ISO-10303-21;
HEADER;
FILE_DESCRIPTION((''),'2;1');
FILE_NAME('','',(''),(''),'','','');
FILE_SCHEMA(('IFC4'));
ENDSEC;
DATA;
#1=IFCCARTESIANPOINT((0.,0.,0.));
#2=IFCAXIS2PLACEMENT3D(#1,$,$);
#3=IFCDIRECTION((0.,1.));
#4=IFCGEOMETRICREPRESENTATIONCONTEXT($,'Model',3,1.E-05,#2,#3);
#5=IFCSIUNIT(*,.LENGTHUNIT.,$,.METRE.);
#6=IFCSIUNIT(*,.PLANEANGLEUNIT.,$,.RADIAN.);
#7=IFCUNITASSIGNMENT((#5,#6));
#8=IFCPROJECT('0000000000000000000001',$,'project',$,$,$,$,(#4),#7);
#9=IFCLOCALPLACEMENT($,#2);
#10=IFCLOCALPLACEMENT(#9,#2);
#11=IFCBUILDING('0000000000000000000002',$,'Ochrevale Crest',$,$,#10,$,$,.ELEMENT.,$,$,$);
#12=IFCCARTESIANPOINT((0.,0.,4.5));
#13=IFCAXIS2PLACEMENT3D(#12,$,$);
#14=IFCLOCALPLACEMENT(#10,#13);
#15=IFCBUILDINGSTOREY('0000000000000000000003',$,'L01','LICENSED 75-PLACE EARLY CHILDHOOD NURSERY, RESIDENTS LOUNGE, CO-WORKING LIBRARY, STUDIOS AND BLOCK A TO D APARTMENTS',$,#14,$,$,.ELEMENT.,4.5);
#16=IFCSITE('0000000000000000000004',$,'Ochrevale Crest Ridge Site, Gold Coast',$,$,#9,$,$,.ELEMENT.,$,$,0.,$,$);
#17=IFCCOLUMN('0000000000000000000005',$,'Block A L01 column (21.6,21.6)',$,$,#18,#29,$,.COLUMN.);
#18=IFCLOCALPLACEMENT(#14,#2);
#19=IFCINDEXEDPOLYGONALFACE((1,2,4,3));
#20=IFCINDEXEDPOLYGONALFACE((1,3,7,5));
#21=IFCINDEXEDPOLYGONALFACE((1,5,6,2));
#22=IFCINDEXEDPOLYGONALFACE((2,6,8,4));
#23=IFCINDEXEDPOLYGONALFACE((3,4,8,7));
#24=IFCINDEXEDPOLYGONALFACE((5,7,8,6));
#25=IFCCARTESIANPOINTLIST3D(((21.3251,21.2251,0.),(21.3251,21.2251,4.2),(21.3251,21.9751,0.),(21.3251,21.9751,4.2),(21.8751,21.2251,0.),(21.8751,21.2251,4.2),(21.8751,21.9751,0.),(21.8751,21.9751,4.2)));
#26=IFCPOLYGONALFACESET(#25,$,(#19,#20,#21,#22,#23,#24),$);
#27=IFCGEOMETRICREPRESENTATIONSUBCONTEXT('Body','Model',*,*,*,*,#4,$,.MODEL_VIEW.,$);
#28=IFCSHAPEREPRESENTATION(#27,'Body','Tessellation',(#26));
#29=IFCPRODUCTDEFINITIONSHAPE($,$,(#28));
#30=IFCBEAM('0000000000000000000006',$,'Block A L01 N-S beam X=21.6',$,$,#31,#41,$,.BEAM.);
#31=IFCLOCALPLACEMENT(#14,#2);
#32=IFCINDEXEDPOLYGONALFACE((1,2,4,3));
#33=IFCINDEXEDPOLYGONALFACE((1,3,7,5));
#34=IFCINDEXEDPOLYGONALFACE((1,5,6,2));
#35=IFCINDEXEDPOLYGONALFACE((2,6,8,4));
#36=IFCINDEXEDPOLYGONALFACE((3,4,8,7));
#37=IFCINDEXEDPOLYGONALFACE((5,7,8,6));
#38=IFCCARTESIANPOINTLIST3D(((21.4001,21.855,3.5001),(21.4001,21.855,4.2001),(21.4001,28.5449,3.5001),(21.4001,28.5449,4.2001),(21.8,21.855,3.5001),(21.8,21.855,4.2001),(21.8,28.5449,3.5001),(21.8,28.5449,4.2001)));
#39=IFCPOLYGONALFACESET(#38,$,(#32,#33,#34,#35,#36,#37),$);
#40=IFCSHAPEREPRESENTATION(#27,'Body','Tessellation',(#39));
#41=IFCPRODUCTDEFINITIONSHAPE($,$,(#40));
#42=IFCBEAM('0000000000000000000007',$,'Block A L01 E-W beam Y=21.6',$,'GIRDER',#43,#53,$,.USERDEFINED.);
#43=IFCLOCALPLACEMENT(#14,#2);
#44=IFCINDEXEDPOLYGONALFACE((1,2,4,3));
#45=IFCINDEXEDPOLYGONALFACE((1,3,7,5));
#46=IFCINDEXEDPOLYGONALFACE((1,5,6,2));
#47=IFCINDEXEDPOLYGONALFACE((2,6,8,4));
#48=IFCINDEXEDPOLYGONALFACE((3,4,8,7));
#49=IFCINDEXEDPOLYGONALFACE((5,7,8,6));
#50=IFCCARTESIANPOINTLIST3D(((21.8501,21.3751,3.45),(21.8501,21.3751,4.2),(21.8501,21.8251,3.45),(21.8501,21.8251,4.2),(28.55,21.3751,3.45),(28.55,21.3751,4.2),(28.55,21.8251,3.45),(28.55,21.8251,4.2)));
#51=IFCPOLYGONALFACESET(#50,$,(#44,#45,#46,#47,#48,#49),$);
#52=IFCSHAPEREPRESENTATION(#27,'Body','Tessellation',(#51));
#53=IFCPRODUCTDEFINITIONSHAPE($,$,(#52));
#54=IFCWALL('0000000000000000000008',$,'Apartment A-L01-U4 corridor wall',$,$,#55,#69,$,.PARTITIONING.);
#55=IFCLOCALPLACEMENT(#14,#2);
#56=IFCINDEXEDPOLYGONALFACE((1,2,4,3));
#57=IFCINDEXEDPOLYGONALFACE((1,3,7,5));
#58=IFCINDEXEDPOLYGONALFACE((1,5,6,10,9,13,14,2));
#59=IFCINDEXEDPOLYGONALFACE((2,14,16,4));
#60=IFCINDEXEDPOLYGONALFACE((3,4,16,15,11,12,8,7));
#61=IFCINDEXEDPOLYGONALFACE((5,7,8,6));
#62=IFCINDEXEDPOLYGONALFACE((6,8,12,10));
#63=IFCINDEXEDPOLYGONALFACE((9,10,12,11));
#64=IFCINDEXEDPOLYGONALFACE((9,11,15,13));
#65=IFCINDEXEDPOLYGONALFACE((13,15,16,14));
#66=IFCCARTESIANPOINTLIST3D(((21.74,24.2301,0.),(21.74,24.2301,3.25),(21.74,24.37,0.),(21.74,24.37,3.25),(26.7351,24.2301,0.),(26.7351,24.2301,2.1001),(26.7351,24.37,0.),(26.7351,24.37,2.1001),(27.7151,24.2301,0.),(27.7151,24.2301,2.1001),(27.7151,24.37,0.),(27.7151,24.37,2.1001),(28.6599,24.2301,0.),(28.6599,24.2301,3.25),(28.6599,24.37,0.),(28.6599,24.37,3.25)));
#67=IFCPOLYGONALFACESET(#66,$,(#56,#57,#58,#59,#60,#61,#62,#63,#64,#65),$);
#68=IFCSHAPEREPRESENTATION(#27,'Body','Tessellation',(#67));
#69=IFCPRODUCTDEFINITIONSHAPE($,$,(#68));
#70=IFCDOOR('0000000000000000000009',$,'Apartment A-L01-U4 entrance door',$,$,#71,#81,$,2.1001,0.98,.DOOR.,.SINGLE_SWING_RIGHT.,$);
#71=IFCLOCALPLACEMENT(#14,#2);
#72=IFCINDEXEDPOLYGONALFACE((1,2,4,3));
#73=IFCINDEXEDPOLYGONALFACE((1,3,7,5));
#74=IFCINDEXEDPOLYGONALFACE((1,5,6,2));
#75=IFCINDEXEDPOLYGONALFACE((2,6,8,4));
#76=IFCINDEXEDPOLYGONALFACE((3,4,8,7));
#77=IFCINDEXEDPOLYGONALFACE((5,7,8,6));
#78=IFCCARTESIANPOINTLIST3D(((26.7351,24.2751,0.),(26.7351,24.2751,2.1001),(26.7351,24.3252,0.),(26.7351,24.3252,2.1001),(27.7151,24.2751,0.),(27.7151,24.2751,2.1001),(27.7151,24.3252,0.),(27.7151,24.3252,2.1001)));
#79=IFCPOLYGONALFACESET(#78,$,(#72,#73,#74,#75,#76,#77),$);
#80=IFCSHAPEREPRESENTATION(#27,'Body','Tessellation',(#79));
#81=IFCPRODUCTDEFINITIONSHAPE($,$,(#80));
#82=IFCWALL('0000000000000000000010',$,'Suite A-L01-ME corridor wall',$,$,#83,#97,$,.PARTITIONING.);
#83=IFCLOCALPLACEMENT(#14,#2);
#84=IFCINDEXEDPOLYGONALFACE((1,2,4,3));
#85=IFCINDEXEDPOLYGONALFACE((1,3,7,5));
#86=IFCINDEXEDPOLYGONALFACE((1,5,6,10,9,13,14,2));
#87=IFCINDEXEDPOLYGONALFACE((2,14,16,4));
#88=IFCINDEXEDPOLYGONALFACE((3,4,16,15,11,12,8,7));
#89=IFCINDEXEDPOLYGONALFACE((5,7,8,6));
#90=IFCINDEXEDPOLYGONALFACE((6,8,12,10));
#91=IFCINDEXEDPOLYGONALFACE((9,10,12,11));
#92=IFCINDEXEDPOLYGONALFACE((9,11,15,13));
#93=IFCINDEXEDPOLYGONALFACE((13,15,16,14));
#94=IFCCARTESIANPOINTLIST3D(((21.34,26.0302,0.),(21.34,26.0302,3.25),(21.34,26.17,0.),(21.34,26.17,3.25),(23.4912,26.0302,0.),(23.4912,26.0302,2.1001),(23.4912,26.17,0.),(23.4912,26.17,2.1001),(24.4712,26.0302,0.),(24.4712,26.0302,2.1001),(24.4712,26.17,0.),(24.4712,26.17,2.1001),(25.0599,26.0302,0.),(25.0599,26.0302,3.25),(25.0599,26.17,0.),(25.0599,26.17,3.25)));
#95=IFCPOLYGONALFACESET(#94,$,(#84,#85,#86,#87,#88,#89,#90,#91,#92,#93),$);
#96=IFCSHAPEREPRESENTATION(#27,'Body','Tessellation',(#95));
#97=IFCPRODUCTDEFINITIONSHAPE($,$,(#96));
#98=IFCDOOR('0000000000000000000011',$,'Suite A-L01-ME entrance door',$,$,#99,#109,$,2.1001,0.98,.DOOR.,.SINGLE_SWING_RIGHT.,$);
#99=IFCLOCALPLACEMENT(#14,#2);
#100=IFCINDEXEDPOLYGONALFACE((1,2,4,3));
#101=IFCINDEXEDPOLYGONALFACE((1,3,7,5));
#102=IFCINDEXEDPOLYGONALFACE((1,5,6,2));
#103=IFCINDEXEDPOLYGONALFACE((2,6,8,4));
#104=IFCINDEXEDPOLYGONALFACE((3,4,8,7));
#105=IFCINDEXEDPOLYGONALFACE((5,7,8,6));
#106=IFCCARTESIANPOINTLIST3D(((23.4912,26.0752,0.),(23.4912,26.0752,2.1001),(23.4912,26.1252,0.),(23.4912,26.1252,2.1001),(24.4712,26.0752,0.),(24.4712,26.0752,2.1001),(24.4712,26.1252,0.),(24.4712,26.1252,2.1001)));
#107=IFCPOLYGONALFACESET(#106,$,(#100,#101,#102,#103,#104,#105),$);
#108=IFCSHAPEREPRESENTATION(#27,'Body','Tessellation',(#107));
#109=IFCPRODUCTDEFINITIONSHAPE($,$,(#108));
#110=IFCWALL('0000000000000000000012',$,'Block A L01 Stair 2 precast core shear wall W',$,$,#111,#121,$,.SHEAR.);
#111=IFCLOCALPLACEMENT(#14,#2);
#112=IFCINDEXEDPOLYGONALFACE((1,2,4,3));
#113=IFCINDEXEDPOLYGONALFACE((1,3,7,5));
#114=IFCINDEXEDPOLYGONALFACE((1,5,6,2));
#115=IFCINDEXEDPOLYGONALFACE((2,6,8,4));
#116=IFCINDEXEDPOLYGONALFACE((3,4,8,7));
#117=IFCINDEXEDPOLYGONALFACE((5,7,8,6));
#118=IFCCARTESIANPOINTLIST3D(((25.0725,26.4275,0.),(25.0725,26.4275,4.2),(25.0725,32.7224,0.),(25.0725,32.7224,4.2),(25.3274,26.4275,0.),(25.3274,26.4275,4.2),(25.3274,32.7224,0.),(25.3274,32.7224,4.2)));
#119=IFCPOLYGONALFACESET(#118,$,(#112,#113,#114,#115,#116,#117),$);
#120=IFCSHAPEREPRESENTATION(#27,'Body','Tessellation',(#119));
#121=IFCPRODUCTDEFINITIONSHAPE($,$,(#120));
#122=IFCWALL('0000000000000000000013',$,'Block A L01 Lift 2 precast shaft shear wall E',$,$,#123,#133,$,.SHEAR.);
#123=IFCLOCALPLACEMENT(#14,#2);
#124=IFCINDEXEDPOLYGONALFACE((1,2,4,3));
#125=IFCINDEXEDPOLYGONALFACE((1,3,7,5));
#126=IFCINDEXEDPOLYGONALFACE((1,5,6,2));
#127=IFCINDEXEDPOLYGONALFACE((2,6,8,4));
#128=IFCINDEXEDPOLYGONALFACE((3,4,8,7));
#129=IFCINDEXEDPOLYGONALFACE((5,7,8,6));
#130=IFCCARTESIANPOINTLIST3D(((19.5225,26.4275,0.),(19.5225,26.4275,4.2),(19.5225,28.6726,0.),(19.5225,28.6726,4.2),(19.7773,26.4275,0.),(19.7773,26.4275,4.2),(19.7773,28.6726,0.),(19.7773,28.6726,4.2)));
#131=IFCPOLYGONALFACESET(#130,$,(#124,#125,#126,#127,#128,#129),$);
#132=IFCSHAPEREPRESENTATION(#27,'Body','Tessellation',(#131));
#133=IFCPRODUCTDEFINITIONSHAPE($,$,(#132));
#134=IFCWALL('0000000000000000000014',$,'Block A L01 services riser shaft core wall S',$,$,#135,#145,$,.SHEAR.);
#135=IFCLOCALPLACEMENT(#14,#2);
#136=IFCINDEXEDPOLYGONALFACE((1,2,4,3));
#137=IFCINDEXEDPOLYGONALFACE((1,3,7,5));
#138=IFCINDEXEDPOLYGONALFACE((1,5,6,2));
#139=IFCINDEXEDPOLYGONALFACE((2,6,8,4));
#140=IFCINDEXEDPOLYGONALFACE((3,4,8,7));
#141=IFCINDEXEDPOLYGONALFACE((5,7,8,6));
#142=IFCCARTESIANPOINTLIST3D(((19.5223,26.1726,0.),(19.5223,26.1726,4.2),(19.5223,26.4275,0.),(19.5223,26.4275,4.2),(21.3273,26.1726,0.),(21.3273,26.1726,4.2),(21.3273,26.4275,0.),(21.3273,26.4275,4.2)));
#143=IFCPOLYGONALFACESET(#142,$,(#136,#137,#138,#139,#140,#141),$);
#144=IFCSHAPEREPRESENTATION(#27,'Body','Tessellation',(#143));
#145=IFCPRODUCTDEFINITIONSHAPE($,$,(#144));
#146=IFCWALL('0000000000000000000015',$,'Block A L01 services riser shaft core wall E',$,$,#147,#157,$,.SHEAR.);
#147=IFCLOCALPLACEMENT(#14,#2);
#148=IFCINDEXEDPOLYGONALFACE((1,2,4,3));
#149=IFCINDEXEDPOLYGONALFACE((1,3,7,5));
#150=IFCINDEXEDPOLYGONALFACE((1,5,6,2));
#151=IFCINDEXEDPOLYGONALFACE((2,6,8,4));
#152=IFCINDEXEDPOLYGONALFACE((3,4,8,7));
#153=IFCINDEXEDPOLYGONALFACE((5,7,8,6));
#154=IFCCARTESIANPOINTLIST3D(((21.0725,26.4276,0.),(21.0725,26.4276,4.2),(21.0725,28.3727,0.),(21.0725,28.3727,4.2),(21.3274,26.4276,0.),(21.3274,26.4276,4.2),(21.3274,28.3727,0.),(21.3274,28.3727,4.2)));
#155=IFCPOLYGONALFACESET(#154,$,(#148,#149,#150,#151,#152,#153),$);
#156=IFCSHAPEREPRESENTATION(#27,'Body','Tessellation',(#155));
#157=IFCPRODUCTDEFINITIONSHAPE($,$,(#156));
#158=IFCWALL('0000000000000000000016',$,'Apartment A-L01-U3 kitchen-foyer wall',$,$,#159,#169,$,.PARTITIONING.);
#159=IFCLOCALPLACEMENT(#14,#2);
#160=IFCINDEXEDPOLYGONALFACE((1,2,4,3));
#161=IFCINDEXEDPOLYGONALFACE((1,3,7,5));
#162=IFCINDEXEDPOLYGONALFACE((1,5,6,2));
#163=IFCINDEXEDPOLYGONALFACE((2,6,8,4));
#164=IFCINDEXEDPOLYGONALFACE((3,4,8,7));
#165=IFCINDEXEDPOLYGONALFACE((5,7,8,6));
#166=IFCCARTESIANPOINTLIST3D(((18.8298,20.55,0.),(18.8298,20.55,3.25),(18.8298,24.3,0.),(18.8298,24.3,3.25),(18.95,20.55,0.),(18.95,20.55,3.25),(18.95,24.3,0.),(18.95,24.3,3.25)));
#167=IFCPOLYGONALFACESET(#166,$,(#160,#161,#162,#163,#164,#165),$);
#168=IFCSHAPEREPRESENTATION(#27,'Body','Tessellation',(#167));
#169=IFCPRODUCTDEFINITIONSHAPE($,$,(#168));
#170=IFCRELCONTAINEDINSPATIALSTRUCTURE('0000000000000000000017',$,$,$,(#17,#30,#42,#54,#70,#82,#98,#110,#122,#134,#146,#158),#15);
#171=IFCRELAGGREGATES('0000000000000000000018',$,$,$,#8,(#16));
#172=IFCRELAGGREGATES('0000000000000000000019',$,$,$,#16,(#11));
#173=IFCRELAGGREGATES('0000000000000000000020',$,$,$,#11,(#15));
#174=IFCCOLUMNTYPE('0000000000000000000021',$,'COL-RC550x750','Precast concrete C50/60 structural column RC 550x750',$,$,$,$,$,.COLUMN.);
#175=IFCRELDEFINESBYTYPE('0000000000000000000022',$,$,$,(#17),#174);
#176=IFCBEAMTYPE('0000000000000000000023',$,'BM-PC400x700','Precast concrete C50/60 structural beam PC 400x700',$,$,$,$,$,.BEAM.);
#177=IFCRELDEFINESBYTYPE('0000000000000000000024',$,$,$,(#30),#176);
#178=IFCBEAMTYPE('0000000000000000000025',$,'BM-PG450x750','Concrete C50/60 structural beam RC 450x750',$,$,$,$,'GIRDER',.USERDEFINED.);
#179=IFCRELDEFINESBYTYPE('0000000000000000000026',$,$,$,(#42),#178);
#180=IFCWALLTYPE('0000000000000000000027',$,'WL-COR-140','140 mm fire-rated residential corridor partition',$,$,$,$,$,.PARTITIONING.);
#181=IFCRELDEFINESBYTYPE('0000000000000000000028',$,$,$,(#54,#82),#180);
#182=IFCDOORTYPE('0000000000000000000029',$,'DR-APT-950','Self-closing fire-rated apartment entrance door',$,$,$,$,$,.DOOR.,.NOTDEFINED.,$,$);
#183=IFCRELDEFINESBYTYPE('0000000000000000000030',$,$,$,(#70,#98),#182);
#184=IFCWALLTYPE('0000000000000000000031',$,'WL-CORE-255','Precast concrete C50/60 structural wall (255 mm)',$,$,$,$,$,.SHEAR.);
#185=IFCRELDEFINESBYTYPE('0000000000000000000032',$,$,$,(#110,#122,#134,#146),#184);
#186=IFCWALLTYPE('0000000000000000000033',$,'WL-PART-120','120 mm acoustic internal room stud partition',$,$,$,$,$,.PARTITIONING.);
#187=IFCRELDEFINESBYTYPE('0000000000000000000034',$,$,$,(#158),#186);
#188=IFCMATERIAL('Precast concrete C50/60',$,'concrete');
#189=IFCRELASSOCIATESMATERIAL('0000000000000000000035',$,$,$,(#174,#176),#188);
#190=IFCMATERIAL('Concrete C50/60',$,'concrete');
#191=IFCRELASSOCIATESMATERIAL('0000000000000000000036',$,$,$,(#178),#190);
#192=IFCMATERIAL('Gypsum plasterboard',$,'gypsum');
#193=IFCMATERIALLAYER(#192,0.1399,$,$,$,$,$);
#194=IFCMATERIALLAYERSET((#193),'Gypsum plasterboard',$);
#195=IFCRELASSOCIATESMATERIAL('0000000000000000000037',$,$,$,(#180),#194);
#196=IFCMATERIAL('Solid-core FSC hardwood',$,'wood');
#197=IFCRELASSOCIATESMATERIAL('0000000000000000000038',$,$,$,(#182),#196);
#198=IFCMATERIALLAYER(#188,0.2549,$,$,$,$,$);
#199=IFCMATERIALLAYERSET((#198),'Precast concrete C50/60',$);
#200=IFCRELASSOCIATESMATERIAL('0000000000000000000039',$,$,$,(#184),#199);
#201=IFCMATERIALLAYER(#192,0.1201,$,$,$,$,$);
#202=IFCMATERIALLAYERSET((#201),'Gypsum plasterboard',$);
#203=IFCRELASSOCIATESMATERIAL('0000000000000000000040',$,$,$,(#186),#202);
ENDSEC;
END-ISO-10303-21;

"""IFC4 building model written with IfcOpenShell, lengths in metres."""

from ifc_helpers import new_model, si_unit, direction, frame, frame_2d, origin, origin_2d, place, context, subcontext, project, spatial, rectangle, extrude, material, layer, layer_set, material_profile, profile_set, type_object, element, fill, save


model = new_model("IFC4")

# Units and contexts
model_context = context("Model", 3, precision=1e-05, world=origin(), true_north=direction((0.0, 1.0)))
body_context = subcontext(model_context, "Body", "Model", "MODEL_VIEW")
ifc_project = project(units=[si_unit("LENGTHUNIT", "METRE"), si_unit("PLANEANGLEUNIT", "RADIAN")], contexts=[model_context])

# Site, building, storey
site_placement = place(None, origin())
site = spatial("IfcSite", under=ifc_project, at=site_placement, Name="Ochrevale Crest Ridge Site, Gold Coast", CompositionType="ELEMENT", RefElevation=0.0)
building_placement = place(site_placement, origin())
building = spatial("IfcBuilding", under=site, at=building_placement, Name="Ochrevale Crest", CompositionType="ELEMENT")
storey_placement = place(building_placement, frame((0.0, 0.0, 4.5)))
storey = spatial("IfcBuildingStorey", under=building, at=storey_placement, Name="L01", Description="LICENSED 75-PLACE EARLY CHILDHOOD NURSERY, RESIDENTS LOUNGE, CO-WORKING LIBRARY, STUDIOS AND BLOCK A TO D APARTMENTS", CompositionType="ELEMENT", Elevation=4.5)

# Column
ifc_material_1 = material(Name="Precast concrete C50/60", Category="concrete")
ifc_material_profile_1 = material_profile(ifc_material_1, rectangle(XDim=0.55, YDim=0.75, at=origin_2d()), Name="RC 550x750")
ifc_profile_set_1 = profile_set([ifc_material_profile_1], Name="Precast concrete C50/60")
column_type = type_object("IfcColumnType", Name="COL-RC550x750", Description="Precast concrete C50/60 structural column RC 550x750", PredefinedType="COLUMN", material=ifc_profile_set_1)
column_placement = place(storey_placement, frame((21.6001, 21.6001, 0.0), z_axis=(0.0, 0.0, 1.0), x_axis=(1.0, 0.0, 0.0)))
element("IfcColumn", 1, at=column_placement, inside=storey, type_object=column_type, Name="Block A L01 column (21.6,21.6)", PredefinedType="COLUMN", context=body_context, shape_type="SweptSolid", body=[
    extrude(rectangle(XDim=0.55, YDim=0.75, at=origin_2d()), origin(), (0.0, 0.0, 1.0), 4.2),
])

# Beams
ifc_material_profile_2 = material_profile(ifc_material_1, rectangle(XDim=0.3999, YDim=0.7, at=origin_2d()), Name="PC 400x700")
ifc_profile_set_2 = profile_set([ifc_material_profile_2], Name="Precast concrete C50/60")
beam_type_1 = type_object("IfcBeamType", Name="BM-PC400x700", Description="Precast concrete C50/60 structural beam PC 400x700", PredefinedType="BEAM", material=ifc_profile_set_2)
beam_1_placement = place(storey_placement, frame((21.6001, 21.855, 3.8501), z_axis=(0.0, 1.0, 0.0), x_axis=(-1.0, 0.0, 0.0)))
element("IfcBeam", 2, at=beam_1_placement, inside=storey, type_object=beam_type_1, Name="Block A L01 N-S beam X=21.6", PredefinedType="BEAM", context=body_context, shape_type="SweptSolid", body=[
    extrude(rectangle(XDim=0.3999, YDim=0.7, at=origin_2d()), origin(), (0.0, 0.0, 1.0), 6.6899),
])
ifc_material_2 = material(Name="Concrete C50/60", Category="concrete")
ifc_material_profile_3 = material_profile(ifc_material_2, rectangle(XDim=0.45, YDim=0.75, at=origin_2d()), Name="RC 450x750")
ifc_profile_set_3 = profile_set([ifc_material_profile_3], Name="Concrete C50/60")
beam_type_2 = type_object("IfcBeamType", Name="BM-PG450x750", Description="Concrete C50/60 structural beam RC 450x750", ElementType="GIRDER", PredefinedType="USERDEFINED", material=ifc_profile_set_3)
beam_2_placement = place(storey_placement, frame((21.8501, 21.6001, 3.825), z_axis=(1.0, 0.0, 0.0), x_axis=(0.0, 1.0, 0.0)))
element("IfcBeam", 3, at=beam_2_placement, inside=storey, type_object=beam_type_2, Name="Block A L01 E-W beam Y=21.6", ObjectType="GIRDER", PredefinedType="USERDEFINED", context=body_context, shape_type="SweptSolid", body=[
    extrude(rectangle(XDim=0.45, YDim=0.75, at=origin_2d()), origin(), (0.0, 0.0, 1.0), 6.7),
])

# Walls, openings, doors
ifc_material_3 = material(Name="Gypsum plasterboard", Category="gypsum")
ifc_layer_1 = layer(ifc_material_3, 0.1399)
ifc_layer_set_1 = layer_set([ifc_layer_1], Name="Gypsum plasterboard")
wall_type_1 = type_object("IfcWallType", Name="WL-COR-140", Description="140 mm fire-rated residential corridor partition", PredefinedType="PARTITIONING", material=ifc_layer_set_1)
wall_1_placement = place(storey_placement, frame((21.74, 24.3, 0.0), z_axis=(0.0, 0.0, 1.0), x_axis=(1.0, 0.0, 0.0)))
wall_1 = element("IfcWall", 4, at=wall_1_placement, inside=storey, type_object=wall_type_1, Name="Apartment A-L01-U4 corridor wall", PredefinedType="PARTITIONING", context=body_context, shape_type="SweptSolid", body=[
    extrude(rectangle(XDim=6.9199, YDim=0.1399, at=frame_2d((3.46, 0.0))), origin(), (0.0, 0.0, 1.0), 3.25),
])
opening_1_placement = place(wall_1_placement, frame((5.9751, 0.0, 0.0), z_axis=(0.0, 0.0, 1.0), x_axis=(-1.0, 0.0, 0.0)))
opening_1 = element("IfcOpeningElement", 5, at=opening_1_placement, cuts=wall_1, PredefinedType="OPENING", context=body_context, shape_type="SweptSolid", body=[
    extrude(rectangle(XDim=0.98, YDim=2.1001, at=frame_2d((0.49, 1.05))), frame((0.0, 0.0801, 0.0), z_axis=(0.0, -1.0, 0.0), x_axis=(1.0, 0.0, 0.0)), (0.0, 0.0, 1.0), 0.1599),
])
ifc_material_4 = material(Name="Solid-core FSC hardwood", Category="wood")
door_type_1 = type_object("IfcDoorType", Name="DR-APT-950", Description="Self-closing fire-rated apartment entrance door", OperationType="NOTDEFINED", PredefinedType="DOOR", material=ifc_material_4)
door_1_placement = place(opening_1_placement, origin())
door_1 = element("IfcDoor", 6, at=door_1_placement, inside=storey, type_object=door_type_1, Name="Apartment A-L01-U4 entrance door", OperationType="SINGLE_SWING_RIGHT", OverallHeight=2.1001, OverallWidth=0.98, PredefinedType="DOOR", context=body_context, shape_type="SweptSolid", body=[
    extrude(rectangle(XDim=0.98, YDim=2.1001, at=frame_2d((0.49, 1.05))), frame((0.0, 0.0249, 0.0), z_axis=(0.0, -1.0, 0.0), x_axis=(1.0, 0.0, 0.0)), (0.0, 0.0, 1.0), 0.05),
])
fill(opening_1, door_1)
wall_2_placement = place(storey_placement, frame((21.3401, 26.1001, 0.0), z_axis=(0.0, 0.0, 1.0), x_axis=(1.0, 0.0, 0.0)))
wall_2 = element("IfcWall", 7, at=wall_2_placement, inside=storey, type_object=wall_type_1, Name="Suite A-L01-ME corridor wall", PredefinedType="PARTITIONING", context=body_context, shape_type="SweptSolid", body=[
    extrude(rectangle(XDim=3.72, YDim=0.1399, at=frame_2d((1.8599, 0.0))), origin(), (0.0, 0.0, 1.0), 3.25),
])
opening_2_placement = place(wall_2_placement, frame((3.1311, 0.0, 0.0), z_axis=(0.0, 0.0, 1.0), x_axis=(-1.0, 0.0, 0.0)))
opening_2 = element("IfcOpeningElement", 8, at=opening_2_placement, cuts=wall_2, PredefinedType="OPENING", context=body_context, shape_type="SweptSolid", body=[
    extrude(rectangle(XDim=0.98, YDim=2.1001, at=frame_2d((0.49, 1.05))), frame((0.0, 0.0801, 0.0), z_axis=(0.0, -1.0, 0.0), x_axis=(1.0, 0.0, 0.0)), (0.0, 0.0, 1.0), 0.1599),
])
door_2_placement = place(opening_2_placement, origin())
door_2 = element("IfcDoor", 9, at=door_2_placement, inside=storey, type_object=door_type_1, Name="Suite A-L01-ME entrance door", OperationType="SINGLE_SWING_RIGHT", OverallHeight=2.1001, OverallWidth=0.98, PredefinedType="DOOR", context=body_context, shape_type="SweptSolid", body=[
    extrude(rectangle(XDim=0.98, YDim=2.1001, at=frame_2d((0.49, 1.05))), frame((0.0, 0.0249, 0.0), z_axis=(0.0, -1.0, 0.0), x_axis=(1.0, 0.0, 0.0)), (0.0, 0.0, 1.0), 0.05),
])
fill(opening_2, door_2)
ifc_layer_2 = layer(ifc_material_1, 0.2549)
ifc_layer_set_2 = layer_set([ifc_layer_2], Name="Precast concrete C50/60")
wall_type_2 = type_object("IfcWallType", Name="WL-CORE-255", Description="Precast concrete C50/60 structural wall (255 mm)", PredefinedType="SHEAR", material=ifc_layer_set_2)

# Walls
wall_3_placement = place(storey_placement, frame((25.2, 26.4275, 0.0), z_axis=(0.0, 0.0, 1.0), x_axis=(0.0, 1.0, 0.0)))
element("IfcWall", 10, at=wall_3_placement, inside=storey, type_object=wall_type_2, Name="Block A L01 Stair 2 precast core shear wall W", PredefinedType="SHEAR", context=body_context, shape_type="SweptSolid", body=[
    extrude(rectangle(XDim=6.2949, YDim=0.2549, at=frame_2d((3.1475, 0.0))), origin(), (0.0, 0.0, 1.0), 4.2),
])
wall_4_placement = place(storey_placement, frame((19.6499, 26.4275, 0.0), z_axis=(0.0, 0.0, 1.0), x_axis=(0.0, 1.0, 0.0)))
element("IfcWall", 11, at=wall_4_placement, inside=storey, type_object=wall_type_2, Name="Block A L01 Lift 2 precast shaft shear wall E", PredefinedType="SHEAR", context=body_context, shape_type="SweptSolid", body=[
    extrude(rectangle(XDim=2.2451, YDim=0.2549, at=frame_2d((1.1226, 0.0))), origin(), (0.0, 0.0, 1.0), 4.2),
])
wall_5_placement = place(storey_placement, frame((19.5225, 26.3, 0.0), z_axis=(0.0, 0.0, 1.0), x_axis=(1.0, 0.0, 0.0)))
element("IfcWall", 12, at=wall_5_placement, inside=storey, type_object=wall_type_2, Name="Block A L01 services riser shaft core wall S", PredefinedType="SHEAR", context=body_context, shape_type="SweptSolid", body=[
    extrude(rectangle(XDim=1.8049, YDim=0.2549, at=frame_2d((0.9023, 0.0))), origin(), (0.0, 0.0, 1.0), 4.2),
])
wall_6_placement = place(storey_placement, frame((21.2, 26.4275, 0.0), z_axis=(0.0, 0.0, 1.0), x_axis=(0.0, 1.0, 0.0)))
element("IfcWall", 13, at=wall_6_placement, inside=storey, type_object=wall_type_2, Name="Block A L01 services riser shaft core wall E", PredefinedType="SHEAR", context=body_context, shape_type="SweptSolid", body=[
    extrude(rectangle(XDim=1.9451, YDim=0.2549, at=frame_2d((0.9727, 0.0))), origin(), (0.0, 0.0, 1.0), 4.2),
])
ifc_layer_3 = layer(ifc_material_3, 0.1201)
ifc_layer_set_3 = layer_set([ifc_layer_3], Name="Gypsum plasterboard")
wall_type_3 = type_object("IfcWallType", Name="WL-PART-120", Description="120 mm acoustic internal room stud partition", PredefinedType="PARTITIONING", material=ifc_layer_set_3)
for number, where, z_axis, x_axis, name in (
    (14, (18.8899, 20.55, 0.0), (0.0, 0.0, 1.0), (0.0, 1.0, 0.0), "Apartment A-L01-U3 kitchen-foyer wall"),
):
    element("IfcWall", number, at=place(storey_placement, frame(where, z_axis=z_axis, x_axis=x_axis)), inside=storey, type_object=wall_type_3, Name=name, PredefinedType="PARTITIONING", context=body_context, shape_type="SweptSolid", body=[
        extrude(rectangle(XDim=3.75, YDim=0.1201, at=frame_2d((1.875, 0.0))), origin(), (0.0, 0.0, 1.0), 3.25),
    ])

save(model, "model.ifc")
